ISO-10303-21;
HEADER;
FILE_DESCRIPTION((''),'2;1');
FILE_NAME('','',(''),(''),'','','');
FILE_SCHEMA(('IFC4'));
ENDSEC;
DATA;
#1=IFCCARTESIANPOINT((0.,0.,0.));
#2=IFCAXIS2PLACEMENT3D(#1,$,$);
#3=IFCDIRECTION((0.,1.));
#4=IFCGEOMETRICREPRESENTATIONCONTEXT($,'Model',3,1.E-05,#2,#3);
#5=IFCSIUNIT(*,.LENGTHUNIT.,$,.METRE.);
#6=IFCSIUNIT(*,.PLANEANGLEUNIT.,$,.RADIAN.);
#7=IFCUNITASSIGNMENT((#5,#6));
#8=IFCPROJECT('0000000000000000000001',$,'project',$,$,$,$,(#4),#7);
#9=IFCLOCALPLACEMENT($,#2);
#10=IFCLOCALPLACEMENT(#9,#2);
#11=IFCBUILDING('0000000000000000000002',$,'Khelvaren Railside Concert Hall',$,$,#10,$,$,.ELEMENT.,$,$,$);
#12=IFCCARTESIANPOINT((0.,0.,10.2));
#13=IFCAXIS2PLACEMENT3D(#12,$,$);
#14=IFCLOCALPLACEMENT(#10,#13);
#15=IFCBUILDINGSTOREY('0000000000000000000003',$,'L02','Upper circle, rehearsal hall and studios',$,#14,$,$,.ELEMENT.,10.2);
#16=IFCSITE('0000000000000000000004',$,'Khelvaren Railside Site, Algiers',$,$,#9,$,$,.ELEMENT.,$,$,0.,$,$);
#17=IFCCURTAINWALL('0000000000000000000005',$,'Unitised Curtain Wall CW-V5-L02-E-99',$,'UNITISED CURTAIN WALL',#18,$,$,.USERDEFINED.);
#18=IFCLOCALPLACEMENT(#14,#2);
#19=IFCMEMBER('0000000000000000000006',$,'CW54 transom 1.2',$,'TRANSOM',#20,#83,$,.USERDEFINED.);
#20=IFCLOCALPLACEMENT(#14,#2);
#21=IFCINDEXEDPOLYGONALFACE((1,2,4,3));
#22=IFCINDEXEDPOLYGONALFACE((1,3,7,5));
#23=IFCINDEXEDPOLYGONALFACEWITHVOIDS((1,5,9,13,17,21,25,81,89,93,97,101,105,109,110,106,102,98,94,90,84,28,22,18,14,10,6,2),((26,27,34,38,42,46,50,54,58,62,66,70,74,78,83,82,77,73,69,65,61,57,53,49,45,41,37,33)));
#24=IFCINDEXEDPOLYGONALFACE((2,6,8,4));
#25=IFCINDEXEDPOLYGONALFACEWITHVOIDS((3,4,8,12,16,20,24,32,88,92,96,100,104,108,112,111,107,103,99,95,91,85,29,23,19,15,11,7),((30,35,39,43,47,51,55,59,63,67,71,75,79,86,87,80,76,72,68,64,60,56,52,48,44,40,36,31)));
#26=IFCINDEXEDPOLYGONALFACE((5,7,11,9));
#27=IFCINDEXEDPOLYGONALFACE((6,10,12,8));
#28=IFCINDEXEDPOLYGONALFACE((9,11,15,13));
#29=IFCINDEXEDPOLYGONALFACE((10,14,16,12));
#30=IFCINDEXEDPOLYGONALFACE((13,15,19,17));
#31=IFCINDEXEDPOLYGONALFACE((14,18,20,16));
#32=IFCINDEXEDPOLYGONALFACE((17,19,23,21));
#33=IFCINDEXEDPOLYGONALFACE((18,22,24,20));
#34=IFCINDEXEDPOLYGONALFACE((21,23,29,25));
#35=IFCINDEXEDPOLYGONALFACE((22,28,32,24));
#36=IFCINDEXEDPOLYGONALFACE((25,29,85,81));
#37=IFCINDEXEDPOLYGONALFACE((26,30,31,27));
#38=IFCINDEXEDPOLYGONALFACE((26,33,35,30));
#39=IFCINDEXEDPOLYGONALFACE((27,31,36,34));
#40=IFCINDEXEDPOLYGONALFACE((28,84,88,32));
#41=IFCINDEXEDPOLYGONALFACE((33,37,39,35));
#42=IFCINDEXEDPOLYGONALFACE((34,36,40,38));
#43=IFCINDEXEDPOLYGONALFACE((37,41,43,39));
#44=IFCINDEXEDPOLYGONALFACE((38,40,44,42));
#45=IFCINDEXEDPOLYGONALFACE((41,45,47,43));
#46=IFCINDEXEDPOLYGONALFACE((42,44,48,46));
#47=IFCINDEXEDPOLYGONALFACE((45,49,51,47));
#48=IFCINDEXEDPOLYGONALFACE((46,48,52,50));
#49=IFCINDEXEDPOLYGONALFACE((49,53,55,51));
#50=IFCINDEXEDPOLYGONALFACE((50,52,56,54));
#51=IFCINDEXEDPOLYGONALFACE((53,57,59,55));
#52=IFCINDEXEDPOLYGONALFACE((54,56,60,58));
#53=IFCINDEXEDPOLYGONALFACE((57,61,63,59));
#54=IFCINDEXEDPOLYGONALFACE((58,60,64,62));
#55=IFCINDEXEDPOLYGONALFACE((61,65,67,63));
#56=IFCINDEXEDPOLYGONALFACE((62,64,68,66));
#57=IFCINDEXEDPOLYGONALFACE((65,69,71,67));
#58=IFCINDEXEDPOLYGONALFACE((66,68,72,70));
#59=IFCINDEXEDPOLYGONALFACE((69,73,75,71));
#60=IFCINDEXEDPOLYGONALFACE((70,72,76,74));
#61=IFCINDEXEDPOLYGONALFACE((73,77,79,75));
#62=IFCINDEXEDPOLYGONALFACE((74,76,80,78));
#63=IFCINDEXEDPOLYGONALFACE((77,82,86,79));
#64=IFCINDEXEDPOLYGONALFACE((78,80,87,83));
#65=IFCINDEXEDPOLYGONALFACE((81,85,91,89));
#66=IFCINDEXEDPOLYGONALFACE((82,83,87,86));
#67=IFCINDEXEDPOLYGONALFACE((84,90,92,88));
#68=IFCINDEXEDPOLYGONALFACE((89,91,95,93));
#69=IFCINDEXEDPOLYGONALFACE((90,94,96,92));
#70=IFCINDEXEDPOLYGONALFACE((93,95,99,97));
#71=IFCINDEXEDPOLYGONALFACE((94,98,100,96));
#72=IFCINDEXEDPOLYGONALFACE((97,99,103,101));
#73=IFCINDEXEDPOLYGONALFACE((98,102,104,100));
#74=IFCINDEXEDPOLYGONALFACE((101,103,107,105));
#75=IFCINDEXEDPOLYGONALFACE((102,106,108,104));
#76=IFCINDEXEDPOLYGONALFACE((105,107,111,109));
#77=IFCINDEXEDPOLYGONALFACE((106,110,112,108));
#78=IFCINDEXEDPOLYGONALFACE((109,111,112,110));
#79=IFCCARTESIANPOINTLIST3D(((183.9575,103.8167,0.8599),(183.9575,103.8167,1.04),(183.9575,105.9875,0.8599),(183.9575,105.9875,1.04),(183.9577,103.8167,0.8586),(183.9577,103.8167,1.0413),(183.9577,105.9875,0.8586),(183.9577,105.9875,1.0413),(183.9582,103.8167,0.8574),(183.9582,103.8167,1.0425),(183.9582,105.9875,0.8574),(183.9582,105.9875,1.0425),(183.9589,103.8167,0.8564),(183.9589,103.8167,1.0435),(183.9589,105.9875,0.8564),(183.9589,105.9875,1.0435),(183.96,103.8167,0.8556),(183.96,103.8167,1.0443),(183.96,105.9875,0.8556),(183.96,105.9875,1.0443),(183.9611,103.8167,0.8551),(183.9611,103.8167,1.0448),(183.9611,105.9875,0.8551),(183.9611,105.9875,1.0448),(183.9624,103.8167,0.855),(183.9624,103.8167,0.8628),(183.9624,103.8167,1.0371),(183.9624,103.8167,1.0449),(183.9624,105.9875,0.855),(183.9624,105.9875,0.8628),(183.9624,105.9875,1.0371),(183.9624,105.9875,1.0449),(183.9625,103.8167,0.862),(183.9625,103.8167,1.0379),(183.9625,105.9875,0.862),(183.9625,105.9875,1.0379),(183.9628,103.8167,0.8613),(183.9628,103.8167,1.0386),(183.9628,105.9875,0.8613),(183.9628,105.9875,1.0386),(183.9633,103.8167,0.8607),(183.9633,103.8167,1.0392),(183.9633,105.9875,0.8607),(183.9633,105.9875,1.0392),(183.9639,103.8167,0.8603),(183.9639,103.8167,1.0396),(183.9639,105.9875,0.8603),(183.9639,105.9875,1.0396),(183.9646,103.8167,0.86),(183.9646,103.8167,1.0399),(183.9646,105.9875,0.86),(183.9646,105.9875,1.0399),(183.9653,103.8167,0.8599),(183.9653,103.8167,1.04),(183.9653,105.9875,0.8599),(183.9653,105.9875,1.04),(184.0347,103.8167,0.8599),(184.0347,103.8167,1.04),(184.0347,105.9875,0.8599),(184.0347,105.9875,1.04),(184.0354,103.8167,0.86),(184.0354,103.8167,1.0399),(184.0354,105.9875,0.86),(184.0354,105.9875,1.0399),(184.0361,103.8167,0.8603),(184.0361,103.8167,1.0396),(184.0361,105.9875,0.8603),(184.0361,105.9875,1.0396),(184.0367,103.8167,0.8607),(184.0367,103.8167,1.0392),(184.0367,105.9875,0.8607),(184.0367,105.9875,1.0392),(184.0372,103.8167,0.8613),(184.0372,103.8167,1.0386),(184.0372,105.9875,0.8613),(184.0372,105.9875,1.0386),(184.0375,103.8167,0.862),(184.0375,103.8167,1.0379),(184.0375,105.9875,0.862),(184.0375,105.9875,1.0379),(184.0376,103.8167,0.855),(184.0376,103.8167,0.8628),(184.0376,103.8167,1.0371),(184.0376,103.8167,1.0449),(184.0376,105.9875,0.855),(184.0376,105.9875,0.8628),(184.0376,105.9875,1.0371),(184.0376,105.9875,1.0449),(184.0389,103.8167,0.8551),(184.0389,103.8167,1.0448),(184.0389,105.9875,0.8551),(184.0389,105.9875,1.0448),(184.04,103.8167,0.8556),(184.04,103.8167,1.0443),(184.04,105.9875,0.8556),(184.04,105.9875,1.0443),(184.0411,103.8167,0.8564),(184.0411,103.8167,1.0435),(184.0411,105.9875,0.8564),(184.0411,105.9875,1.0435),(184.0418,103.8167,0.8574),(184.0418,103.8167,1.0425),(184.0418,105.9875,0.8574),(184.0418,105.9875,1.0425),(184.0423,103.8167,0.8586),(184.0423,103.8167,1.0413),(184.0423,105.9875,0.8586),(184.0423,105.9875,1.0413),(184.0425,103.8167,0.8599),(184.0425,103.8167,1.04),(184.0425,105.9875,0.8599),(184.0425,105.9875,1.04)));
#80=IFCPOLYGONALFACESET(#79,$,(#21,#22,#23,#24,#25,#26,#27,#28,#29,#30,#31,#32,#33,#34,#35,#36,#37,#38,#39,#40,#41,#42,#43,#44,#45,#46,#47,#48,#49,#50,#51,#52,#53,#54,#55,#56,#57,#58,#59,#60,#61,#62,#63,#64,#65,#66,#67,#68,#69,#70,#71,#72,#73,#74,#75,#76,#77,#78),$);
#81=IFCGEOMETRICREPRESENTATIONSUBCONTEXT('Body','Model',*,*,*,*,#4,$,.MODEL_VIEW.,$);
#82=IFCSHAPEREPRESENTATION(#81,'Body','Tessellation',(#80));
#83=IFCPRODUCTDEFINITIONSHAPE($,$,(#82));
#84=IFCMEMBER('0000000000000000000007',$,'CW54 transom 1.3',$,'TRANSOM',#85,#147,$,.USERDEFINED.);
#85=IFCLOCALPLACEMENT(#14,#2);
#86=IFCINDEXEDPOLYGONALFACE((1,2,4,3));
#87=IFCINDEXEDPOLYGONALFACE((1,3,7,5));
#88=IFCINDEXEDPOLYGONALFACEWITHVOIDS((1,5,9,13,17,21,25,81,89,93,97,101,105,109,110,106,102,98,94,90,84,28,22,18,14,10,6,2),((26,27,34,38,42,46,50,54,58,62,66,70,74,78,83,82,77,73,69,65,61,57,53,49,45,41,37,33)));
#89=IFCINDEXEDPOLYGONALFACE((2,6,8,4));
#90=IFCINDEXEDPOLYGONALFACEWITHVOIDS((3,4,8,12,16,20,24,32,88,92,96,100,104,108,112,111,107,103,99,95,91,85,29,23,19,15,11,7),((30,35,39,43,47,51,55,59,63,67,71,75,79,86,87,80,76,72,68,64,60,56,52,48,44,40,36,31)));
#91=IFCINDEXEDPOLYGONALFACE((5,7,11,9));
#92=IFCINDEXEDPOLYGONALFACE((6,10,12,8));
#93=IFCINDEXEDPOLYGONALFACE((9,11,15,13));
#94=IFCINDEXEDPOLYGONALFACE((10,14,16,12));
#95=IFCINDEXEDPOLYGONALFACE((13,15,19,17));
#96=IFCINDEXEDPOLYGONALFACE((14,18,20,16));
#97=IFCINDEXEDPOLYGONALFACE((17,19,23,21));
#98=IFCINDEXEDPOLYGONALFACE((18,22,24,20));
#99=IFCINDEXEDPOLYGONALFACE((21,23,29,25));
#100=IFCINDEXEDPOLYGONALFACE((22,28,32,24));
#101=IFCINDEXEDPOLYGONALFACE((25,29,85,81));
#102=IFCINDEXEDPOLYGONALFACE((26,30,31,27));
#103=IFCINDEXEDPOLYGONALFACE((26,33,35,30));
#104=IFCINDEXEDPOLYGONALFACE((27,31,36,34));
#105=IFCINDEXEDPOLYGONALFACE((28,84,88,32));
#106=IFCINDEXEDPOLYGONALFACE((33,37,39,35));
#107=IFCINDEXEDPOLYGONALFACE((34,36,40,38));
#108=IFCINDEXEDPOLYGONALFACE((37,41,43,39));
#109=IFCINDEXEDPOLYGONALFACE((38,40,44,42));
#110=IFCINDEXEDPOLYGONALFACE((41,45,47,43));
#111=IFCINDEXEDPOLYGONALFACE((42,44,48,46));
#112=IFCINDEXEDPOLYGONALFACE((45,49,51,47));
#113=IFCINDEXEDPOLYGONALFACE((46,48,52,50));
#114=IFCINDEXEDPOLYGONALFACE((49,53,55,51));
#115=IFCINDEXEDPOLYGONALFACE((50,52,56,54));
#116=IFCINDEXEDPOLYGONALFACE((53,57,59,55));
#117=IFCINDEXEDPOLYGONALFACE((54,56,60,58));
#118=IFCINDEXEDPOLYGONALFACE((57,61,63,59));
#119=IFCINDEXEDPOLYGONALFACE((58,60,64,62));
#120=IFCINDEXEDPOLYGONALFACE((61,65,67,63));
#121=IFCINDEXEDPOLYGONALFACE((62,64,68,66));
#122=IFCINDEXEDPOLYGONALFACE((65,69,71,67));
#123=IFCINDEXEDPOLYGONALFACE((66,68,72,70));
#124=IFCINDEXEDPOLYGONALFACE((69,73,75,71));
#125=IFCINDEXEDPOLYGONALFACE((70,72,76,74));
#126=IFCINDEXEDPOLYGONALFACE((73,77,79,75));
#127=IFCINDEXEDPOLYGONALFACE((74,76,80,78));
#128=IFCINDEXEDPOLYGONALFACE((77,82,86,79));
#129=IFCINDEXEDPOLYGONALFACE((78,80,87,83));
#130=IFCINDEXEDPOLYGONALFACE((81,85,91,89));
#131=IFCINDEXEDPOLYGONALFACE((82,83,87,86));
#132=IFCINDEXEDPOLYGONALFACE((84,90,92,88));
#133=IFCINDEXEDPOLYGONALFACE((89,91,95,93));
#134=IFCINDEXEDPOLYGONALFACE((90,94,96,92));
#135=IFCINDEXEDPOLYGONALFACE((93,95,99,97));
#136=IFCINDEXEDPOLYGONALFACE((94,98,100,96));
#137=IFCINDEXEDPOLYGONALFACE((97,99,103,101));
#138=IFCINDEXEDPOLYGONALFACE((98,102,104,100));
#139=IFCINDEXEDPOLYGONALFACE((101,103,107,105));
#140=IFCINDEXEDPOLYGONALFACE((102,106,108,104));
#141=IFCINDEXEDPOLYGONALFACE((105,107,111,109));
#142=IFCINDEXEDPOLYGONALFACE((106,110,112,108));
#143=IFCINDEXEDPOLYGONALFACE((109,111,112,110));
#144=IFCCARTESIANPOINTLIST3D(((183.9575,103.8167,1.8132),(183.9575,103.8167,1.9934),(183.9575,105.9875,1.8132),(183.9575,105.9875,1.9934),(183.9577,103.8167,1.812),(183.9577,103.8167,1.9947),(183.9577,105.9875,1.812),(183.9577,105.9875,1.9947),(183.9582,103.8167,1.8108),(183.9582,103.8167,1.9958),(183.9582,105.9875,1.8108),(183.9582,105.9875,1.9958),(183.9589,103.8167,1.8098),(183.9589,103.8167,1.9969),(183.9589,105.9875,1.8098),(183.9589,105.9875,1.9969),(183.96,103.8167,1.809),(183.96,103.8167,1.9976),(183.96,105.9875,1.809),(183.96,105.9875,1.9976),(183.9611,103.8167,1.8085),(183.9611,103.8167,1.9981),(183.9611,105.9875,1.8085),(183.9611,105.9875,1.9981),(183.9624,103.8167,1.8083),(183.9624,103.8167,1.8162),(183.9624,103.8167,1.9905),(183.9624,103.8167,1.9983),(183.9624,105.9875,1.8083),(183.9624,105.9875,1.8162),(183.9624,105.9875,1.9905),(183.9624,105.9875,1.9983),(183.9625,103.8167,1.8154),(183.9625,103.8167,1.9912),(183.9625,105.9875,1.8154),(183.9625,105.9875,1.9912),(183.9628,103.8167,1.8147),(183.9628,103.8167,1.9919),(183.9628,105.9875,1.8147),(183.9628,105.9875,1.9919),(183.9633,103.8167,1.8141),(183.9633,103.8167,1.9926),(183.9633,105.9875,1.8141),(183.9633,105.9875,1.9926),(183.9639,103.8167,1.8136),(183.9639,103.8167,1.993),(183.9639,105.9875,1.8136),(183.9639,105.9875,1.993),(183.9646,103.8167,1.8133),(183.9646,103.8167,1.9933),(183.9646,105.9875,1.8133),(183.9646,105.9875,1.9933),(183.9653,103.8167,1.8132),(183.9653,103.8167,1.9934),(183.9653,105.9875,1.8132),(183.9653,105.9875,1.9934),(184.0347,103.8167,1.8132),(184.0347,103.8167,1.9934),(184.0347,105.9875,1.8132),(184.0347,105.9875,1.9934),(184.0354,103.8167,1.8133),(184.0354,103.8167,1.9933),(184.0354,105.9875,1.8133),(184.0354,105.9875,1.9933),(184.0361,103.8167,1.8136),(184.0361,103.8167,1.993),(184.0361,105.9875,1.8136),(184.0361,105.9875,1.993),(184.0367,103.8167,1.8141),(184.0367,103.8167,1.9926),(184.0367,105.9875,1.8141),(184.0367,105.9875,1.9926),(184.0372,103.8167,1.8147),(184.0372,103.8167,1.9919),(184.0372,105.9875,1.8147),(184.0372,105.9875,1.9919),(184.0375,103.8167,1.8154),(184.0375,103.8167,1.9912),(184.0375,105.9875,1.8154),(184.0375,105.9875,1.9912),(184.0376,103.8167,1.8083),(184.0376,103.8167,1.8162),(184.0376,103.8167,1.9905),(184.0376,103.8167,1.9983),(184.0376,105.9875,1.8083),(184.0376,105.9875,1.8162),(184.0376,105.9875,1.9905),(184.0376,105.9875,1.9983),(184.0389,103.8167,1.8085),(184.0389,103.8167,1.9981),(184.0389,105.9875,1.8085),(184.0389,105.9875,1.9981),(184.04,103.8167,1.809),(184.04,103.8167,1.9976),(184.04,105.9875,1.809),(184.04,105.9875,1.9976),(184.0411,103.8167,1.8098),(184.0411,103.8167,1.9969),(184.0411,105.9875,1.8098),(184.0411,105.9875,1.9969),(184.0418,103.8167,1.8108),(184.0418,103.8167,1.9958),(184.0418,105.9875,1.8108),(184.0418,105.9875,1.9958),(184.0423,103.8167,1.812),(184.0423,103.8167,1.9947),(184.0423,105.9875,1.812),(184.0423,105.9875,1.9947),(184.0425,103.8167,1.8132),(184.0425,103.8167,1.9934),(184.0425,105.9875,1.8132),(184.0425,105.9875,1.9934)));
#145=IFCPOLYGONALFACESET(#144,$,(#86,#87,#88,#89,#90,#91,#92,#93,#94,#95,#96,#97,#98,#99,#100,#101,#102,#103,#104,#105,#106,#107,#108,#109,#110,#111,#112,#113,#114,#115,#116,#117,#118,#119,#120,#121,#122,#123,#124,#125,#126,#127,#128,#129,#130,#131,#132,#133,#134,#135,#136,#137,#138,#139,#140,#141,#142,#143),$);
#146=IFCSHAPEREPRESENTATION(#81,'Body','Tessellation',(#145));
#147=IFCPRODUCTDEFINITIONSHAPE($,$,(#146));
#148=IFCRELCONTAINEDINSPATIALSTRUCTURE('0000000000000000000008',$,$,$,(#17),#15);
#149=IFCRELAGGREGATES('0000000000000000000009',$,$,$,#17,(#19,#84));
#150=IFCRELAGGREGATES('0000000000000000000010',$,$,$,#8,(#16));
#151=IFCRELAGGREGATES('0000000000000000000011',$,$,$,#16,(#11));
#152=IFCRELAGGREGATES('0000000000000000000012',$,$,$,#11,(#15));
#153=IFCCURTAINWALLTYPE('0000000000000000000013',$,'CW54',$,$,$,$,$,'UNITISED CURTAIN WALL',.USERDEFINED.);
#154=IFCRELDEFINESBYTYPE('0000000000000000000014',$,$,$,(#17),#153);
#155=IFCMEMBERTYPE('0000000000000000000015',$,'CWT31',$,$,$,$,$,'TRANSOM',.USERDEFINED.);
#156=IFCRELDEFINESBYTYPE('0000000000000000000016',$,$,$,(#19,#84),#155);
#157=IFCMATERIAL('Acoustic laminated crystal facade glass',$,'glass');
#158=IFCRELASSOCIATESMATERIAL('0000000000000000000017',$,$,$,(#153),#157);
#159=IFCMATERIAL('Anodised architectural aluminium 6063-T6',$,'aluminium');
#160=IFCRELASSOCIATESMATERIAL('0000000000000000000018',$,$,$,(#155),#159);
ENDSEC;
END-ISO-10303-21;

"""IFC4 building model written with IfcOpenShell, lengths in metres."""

from ifc_helpers import new_model, si_unit, direction, frame, origin, origin_2d, place, context, subcontext, project, spatial, hollow_rectangle, extrude, material, material_profile, profile_set, type_object, element, aggregate, save


model = new_model("IFC4")

# Units and contexts
model_context = context("Model", 3, precision=1e-05, world=origin(), true_north=direction((0.0, 1.0)))
body_context = subcontext(model_context, "Body", "Model", "MODEL_VIEW")
ifc_project = project(units=[si_unit("LENGTHUNIT", "METRE"), si_unit("PLANEANGLEUNIT", "RADIAN")], contexts=[model_context])

# Site, building, storey
site_placement = place(None, origin())
site = spatial("IfcSite", under=ifc_project, at=site_placement, Name="Khelvaren Railside Site, Algiers", CompositionType="ELEMENT", RefElevation=0.0)
building_placement = place(site_placement, origin())
building = spatial("IfcBuilding", under=site, at=building_placement, Name="Khelvaren Railside Concert Hall", CompositionType="ELEMENT")
storey_placement = place(building_placement, frame((0.0, 0.0, 10.2)))
storey = spatial("IfcBuildingStorey", under=building, at=storey_placement, Name="L02", Description="Upper circle, rehearsal hall and studios", CompositionType="ELEMENT", Elevation=10.2)

# Curtain wall, members
ifc_material_1 = material(Name="Acoustic laminated crystal facade glass", Category="glass")
curtain_wall_type = type_object("IfcCurtainWallType", Name="CW54", ElementType="UNITISED CURTAIN WALL", PredefinedType="USERDEFINED", material=ifc_material_1)
curtain_wall_placement = place(storey_placement, origin())
curtain_wall = element("IfcCurtainWall", 1, at=curtain_wall_placement, inside=storey, type_object=curtain_wall_type, Name="Unitised Curtain Wall CW-V5-L02-E-99", ObjectType="UNITISED CURTAIN WALL", PredefinedType="USERDEFINED")
ifc_material_2 = material(Name="Anodised architectural aluminium 6063-T6", Category="aluminium")
ifc_material_profile_1 = material_profile(ifc_material_2, hollow_rectangle(XDim=0.085, YDim=0.1899, WallThickness=0.0049, InnerFilletRadius=0.0029, OuterFilletRadius=0.0049, at=origin_2d()), Name="CWT 85x190x5")
ifc_profile_set_1 = profile_set([ifc_material_profile_1], Name="Anodised architectural aluminium 6063-T6")
member_type_1 = type_object("IfcMemberType", Name="CWT31", ElementType="TRANSOM", PredefinedType="USERDEFINED", material=ifc_profile_set_1)
member_1_placement = place(storey_placement, frame((184.0, 105.9875, 0.95), z_axis=(0.0, -1.0, 0.0), x_axis=(1.0, 0.0, 0.0)))
member_1 = element("IfcMember", 2, at=member_1_placement, type_object=member_type_1, Name="CW54 transom 1.2", ObjectType="TRANSOM", PredefinedType="USERDEFINED", context=body_context, shape_type="SweptSolid", body=[
    extrude(hollow_rectangle(XDim=0.085, YDim=0.1899, WallThickness=0.0049, InnerFilletRadius=0.0029, OuterFilletRadius=0.0049, at=origin_2d()), origin(), (0.0, 0.0, 1.0), 2.1709),
])
member_2_placement = place(storey_placement, frame((184.0, 105.9875, 1.9033), z_axis=(0.0, -1.0, 0.0), x_axis=(1.0, 0.0, 0.0)))
member_2 = element("IfcMember", 3, at=member_2_placement, type_object=member_type_1, Name="CW54 transom 1.3", ObjectType="TRANSOM", PredefinedType="USERDEFINED", context=body_context, shape_type="SweptSolid", body=[
    extrude(hollow_rectangle(XDim=0.085, YDim=0.1899, WallThickness=0.0049, InnerFilletRadius=0.0029, OuterFilletRadius=0.0049, at=origin_2d()), origin(), (0.0, 0.0, 1.0), 2.1709),
])

aggregate(curtain_wall, [member_1, member_2])

save(model, "model.ifc")
